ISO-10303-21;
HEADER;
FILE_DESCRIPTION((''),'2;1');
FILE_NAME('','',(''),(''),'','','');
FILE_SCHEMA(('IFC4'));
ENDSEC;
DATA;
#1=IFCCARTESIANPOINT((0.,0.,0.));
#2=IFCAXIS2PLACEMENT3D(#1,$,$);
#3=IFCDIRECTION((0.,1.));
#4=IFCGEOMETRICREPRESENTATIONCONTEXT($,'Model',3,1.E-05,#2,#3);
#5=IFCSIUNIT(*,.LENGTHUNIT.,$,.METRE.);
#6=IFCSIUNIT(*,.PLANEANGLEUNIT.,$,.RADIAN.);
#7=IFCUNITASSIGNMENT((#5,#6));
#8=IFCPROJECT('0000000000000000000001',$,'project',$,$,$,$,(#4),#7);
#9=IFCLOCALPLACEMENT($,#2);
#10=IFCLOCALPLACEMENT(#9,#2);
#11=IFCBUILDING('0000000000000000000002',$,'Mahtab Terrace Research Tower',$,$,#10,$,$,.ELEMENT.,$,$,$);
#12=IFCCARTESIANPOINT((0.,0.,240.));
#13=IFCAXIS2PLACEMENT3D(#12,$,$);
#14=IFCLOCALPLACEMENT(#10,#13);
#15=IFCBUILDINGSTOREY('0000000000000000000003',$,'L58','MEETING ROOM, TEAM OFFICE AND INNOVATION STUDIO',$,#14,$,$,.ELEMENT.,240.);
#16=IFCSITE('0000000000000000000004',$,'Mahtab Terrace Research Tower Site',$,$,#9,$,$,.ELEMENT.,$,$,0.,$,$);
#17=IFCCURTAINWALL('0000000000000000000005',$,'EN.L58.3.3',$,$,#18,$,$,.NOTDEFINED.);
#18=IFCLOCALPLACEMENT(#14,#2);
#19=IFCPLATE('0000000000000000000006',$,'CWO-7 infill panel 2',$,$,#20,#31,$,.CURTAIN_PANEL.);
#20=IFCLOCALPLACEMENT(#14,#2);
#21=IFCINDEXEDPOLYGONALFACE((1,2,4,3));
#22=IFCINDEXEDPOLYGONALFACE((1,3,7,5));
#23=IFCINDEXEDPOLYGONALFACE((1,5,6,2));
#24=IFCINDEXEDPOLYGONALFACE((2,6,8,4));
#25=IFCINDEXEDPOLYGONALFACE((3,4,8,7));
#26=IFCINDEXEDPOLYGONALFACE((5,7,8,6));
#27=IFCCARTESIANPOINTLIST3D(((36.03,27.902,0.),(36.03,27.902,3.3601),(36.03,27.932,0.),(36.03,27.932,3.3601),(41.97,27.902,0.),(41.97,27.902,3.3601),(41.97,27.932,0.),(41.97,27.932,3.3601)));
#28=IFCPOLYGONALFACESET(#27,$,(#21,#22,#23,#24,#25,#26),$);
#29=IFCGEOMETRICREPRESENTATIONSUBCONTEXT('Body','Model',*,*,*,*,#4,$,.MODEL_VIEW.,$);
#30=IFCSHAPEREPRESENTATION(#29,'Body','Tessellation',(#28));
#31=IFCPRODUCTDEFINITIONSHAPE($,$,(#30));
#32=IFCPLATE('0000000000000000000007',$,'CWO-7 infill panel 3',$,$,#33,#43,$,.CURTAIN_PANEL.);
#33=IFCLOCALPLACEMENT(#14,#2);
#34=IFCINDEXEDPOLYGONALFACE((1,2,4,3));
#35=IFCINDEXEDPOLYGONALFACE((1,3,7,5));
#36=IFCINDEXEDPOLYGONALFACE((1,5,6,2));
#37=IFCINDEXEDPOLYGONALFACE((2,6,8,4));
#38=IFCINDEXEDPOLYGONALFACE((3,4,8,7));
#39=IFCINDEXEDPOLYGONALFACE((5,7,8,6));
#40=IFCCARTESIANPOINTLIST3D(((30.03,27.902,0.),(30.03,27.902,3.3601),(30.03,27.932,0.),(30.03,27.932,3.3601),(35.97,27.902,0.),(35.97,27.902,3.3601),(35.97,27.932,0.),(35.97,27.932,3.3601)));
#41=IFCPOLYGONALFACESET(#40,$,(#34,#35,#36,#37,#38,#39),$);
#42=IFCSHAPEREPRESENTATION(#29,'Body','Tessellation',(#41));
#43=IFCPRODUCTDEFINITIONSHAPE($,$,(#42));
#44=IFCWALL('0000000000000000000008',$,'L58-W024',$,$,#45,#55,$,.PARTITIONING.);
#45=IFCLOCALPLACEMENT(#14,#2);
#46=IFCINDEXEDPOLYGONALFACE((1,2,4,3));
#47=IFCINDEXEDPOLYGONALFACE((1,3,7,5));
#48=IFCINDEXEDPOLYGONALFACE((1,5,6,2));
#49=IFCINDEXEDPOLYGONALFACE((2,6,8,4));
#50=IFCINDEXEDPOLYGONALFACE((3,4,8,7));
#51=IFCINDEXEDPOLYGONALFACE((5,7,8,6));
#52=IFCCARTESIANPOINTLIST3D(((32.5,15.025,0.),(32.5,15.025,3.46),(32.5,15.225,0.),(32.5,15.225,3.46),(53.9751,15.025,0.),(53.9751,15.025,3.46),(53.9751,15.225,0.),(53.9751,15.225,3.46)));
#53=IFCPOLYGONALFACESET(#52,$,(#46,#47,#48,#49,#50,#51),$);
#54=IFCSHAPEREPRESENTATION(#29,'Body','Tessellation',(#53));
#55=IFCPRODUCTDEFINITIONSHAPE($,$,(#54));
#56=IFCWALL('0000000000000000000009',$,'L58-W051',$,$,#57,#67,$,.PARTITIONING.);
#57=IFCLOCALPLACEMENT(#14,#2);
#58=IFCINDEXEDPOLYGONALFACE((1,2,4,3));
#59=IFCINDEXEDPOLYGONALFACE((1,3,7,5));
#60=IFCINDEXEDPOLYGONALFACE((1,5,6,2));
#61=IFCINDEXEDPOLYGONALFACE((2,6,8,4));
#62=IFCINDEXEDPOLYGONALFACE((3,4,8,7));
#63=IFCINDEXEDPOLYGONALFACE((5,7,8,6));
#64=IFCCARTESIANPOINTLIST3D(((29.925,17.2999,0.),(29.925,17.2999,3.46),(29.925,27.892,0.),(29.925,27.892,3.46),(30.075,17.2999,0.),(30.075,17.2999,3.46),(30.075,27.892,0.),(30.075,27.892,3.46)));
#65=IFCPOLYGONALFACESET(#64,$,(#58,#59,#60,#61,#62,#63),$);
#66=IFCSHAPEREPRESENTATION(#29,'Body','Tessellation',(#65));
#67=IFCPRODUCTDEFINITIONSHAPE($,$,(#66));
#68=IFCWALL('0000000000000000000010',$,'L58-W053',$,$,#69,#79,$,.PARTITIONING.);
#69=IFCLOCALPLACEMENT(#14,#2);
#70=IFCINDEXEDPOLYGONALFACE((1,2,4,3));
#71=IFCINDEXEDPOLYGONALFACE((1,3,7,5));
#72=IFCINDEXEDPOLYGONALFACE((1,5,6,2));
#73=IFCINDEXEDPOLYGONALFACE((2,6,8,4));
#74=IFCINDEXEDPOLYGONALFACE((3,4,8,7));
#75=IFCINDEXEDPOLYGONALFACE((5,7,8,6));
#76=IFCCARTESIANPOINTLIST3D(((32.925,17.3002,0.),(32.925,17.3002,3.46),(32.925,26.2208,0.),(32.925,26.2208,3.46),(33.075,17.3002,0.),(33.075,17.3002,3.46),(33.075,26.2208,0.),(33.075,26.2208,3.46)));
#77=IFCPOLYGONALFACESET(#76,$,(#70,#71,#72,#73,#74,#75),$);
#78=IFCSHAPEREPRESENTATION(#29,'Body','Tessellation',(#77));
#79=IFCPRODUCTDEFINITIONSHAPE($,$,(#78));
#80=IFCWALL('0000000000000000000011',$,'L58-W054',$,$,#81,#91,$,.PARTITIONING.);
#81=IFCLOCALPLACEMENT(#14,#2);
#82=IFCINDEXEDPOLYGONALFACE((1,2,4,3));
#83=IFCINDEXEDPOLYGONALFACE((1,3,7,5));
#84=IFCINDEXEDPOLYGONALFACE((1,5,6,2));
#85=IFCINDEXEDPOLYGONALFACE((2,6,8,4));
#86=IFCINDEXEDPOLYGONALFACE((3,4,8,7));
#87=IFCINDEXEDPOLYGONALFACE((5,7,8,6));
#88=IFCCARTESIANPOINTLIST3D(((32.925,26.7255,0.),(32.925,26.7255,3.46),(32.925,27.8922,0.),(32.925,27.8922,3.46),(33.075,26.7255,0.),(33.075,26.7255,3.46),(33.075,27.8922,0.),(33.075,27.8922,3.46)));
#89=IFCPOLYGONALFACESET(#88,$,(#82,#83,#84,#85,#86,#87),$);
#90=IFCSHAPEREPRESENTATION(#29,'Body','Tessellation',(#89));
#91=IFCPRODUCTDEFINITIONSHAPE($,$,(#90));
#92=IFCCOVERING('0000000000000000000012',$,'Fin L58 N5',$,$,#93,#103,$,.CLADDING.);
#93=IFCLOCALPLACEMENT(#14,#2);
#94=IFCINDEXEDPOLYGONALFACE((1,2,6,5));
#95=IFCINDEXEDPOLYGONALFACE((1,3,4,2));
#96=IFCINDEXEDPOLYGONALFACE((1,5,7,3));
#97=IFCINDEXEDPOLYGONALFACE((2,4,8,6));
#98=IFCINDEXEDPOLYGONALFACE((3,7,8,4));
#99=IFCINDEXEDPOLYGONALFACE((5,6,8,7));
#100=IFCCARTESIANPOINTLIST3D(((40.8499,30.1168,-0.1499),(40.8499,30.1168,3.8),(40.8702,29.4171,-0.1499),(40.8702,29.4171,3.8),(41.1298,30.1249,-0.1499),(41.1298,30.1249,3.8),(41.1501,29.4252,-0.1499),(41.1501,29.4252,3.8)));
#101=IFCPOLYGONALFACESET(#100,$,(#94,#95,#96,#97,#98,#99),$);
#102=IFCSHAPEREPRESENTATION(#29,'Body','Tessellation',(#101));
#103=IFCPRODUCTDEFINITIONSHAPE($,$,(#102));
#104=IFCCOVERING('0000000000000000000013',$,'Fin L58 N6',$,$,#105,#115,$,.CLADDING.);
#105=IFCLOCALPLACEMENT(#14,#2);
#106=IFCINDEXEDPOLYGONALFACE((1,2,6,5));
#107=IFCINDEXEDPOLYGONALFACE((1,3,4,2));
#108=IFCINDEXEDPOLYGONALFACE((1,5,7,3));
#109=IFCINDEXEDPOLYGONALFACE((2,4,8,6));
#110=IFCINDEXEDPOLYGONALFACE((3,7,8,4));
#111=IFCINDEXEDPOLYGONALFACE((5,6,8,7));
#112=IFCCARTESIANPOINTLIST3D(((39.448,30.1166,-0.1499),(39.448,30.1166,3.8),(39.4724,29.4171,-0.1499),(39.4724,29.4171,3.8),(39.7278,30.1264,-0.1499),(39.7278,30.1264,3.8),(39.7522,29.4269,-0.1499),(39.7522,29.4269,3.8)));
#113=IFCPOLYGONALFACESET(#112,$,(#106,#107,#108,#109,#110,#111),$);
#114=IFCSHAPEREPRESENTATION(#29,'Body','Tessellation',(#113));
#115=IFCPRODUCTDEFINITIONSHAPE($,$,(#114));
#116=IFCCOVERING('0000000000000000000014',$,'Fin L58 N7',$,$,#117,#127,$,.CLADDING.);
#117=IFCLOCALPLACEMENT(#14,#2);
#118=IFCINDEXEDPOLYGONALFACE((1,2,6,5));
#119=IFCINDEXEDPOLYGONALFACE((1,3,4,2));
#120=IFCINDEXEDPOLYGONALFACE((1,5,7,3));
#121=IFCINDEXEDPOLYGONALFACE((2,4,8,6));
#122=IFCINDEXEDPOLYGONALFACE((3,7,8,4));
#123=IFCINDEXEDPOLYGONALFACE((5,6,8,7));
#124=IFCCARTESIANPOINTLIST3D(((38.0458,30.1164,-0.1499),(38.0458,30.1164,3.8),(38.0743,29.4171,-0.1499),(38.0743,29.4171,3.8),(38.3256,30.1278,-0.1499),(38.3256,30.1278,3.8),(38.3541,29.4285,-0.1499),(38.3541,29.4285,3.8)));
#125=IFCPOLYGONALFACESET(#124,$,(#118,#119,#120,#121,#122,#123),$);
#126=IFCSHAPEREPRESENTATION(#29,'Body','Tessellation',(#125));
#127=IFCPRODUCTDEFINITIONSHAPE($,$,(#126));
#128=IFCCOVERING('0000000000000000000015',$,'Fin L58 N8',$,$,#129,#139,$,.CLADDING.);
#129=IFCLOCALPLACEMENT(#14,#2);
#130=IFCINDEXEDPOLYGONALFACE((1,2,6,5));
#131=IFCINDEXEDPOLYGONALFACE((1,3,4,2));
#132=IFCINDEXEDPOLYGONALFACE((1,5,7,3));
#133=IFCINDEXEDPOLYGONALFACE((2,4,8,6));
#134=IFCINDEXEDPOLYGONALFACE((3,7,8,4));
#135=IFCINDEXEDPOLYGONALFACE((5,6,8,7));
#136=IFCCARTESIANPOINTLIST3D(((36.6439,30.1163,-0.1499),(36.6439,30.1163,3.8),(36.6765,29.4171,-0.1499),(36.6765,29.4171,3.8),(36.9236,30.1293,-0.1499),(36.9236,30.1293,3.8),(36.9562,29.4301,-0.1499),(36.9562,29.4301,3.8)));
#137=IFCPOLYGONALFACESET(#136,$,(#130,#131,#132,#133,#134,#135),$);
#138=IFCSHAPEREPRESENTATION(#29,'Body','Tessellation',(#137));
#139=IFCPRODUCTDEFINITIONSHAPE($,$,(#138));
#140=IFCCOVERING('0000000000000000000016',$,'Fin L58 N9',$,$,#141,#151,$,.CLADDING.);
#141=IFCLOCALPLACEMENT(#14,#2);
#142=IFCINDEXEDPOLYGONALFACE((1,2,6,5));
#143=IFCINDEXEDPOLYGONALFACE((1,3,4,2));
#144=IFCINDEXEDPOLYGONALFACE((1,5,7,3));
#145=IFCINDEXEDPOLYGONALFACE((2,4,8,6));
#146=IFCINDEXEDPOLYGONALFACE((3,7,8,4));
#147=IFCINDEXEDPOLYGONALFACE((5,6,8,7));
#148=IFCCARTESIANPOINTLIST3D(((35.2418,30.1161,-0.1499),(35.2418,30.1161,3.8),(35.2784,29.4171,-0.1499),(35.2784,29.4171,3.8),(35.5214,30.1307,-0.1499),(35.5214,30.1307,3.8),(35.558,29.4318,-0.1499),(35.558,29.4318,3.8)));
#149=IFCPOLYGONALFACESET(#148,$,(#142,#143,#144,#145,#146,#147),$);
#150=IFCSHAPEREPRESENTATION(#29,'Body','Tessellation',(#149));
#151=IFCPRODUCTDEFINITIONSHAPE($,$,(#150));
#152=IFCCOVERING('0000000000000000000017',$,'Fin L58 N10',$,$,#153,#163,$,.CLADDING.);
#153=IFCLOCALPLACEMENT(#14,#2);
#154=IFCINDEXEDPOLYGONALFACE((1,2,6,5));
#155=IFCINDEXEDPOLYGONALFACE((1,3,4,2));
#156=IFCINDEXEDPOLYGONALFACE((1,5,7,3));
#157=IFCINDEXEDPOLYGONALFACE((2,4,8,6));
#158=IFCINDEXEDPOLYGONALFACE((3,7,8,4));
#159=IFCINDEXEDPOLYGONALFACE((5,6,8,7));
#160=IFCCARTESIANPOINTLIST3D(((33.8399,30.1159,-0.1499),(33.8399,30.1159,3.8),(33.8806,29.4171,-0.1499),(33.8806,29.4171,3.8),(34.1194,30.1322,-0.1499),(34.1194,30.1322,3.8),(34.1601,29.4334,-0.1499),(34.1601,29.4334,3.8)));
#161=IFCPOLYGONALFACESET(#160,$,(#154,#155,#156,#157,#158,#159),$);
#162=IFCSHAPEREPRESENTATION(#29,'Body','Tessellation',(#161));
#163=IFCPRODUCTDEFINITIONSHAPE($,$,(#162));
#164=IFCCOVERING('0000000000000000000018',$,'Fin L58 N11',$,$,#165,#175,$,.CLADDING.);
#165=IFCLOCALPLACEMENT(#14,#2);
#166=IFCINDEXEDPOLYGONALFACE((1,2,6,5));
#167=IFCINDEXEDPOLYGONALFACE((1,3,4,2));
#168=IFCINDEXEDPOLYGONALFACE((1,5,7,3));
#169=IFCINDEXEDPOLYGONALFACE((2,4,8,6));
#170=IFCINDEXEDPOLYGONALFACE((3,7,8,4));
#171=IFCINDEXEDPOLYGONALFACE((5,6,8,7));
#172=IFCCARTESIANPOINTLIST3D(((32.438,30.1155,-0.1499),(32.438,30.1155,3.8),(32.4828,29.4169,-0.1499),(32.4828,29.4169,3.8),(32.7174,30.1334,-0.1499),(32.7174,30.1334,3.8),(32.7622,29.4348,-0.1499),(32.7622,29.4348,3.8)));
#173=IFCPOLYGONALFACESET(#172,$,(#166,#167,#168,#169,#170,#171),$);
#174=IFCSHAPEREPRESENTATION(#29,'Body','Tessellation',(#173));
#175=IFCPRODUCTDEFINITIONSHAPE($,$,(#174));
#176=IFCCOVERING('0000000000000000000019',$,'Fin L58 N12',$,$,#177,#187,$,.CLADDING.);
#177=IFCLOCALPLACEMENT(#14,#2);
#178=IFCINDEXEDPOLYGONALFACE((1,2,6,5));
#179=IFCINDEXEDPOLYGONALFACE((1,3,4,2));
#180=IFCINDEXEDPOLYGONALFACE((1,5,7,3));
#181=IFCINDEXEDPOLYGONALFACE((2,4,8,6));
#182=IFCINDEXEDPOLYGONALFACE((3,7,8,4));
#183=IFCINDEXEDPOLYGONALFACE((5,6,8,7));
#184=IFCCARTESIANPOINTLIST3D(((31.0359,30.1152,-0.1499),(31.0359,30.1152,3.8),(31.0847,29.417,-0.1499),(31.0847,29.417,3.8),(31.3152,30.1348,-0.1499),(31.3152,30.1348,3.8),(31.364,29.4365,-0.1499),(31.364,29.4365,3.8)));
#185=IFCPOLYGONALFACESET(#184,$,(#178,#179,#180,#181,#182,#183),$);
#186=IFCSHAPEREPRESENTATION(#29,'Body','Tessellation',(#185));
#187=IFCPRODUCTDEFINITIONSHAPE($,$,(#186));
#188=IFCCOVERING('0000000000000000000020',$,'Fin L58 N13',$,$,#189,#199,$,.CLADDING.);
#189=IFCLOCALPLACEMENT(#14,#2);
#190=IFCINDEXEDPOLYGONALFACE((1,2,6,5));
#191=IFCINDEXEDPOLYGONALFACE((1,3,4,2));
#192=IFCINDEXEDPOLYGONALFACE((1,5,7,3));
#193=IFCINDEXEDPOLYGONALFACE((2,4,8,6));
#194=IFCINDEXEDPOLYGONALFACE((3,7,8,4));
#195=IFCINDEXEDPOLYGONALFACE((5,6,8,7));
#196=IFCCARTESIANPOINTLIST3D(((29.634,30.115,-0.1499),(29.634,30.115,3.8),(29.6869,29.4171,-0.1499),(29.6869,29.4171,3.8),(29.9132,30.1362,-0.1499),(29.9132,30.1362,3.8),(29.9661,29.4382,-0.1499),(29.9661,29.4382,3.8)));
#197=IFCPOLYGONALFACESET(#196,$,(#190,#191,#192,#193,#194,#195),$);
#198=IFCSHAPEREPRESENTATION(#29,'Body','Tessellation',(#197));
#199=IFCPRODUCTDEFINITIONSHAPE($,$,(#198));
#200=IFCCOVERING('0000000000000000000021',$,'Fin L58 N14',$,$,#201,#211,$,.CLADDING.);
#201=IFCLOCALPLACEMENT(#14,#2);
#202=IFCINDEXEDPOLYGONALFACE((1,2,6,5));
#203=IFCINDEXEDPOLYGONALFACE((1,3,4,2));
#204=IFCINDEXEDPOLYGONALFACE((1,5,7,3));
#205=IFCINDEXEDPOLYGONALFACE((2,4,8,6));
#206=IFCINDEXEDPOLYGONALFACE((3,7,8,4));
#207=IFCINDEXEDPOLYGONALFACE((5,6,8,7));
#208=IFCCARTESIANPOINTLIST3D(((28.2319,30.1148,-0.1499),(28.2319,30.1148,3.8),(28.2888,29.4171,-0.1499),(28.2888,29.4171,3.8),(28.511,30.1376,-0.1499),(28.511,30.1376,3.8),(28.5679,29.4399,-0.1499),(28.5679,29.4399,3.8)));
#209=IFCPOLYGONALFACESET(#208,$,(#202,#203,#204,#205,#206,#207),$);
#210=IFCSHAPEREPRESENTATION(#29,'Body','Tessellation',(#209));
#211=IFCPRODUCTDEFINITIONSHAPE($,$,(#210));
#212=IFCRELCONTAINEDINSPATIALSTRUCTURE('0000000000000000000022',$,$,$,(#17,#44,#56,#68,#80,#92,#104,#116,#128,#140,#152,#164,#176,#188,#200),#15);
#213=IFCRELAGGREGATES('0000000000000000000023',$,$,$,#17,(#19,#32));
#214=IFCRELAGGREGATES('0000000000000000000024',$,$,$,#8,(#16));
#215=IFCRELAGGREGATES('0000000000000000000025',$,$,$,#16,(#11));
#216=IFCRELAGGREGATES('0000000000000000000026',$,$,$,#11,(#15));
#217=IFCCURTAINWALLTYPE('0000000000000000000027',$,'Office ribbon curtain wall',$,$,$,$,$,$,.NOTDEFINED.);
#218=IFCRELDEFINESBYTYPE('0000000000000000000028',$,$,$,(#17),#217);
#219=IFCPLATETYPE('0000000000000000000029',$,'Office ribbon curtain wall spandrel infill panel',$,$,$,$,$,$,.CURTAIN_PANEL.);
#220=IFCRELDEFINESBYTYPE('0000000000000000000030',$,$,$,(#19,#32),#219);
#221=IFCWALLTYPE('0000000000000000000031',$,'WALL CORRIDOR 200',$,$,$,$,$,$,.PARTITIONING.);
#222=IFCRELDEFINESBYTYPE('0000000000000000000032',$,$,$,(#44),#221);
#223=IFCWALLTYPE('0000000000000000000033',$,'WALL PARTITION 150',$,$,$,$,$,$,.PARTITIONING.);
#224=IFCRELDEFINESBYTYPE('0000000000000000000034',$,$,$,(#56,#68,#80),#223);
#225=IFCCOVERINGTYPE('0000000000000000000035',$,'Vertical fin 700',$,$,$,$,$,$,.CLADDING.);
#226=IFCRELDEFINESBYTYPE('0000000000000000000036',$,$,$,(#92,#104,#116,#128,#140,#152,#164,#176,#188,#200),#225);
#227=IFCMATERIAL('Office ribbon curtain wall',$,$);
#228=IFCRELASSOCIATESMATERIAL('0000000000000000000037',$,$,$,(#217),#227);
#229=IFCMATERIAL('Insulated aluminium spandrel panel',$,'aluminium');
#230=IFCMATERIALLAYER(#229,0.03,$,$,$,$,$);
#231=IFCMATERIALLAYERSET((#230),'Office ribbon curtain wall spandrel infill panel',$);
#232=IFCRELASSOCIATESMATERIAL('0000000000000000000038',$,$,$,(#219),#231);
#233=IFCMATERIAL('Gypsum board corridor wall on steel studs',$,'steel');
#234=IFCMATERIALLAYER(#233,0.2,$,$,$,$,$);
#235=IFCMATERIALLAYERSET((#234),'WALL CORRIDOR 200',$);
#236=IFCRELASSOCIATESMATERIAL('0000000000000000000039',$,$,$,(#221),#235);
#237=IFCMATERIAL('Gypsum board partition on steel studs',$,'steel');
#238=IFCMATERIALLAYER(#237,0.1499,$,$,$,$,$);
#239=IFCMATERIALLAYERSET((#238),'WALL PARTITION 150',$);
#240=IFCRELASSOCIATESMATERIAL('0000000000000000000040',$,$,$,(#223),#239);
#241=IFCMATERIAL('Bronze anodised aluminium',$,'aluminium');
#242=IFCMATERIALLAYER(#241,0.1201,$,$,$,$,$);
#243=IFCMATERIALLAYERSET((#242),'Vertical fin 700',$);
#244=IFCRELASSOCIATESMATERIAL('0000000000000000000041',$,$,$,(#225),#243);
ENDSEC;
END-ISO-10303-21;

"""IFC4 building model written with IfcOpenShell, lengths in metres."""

from ifc_helpers import new_model, si_unit, direction, frame, frame_2d, origin, origin_2d, place, context, subcontext, project, spatial, rectangle, extrude, material, layer, layer_set, type_object, element, aggregate, save


model = new_model("IFC4")

# Units and contexts
model_context = context("Model", 3, precision=1e-05, world=origin(), true_north=direction((0.0, 1.0)))
body_context = subcontext(model_context, "Body", "Model", "MODEL_VIEW")
ifc_project = project(units=[si_unit("LENGTHUNIT", "METRE"), si_unit("PLANEANGLEUNIT", "RADIAN")], contexts=[model_context])

# Site, building, storey
site_placement = place(None, origin())
site = spatial("IfcSite", under=ifc_project, at=site_placement, Name="Mahtab Terrace Research Tower Site", CompositionType="ELEMENT", RefElevation=0.0)
building_placement = place(site_placement, origin())
building = spatial("IfcBuilding", under=site, at=building_placement, Name="Mahtab Terrace Research Tower", CompositionType="ELEMENT")
storey_placement = place(building_placement, frame((0.0, 0.0, 240.0)))
storey = spatial("IfcBuildingStorey", under=building, at=storey_placement, Name="L58", Description="MEETING ROOM, TEAM OFFICE AND INNOVATION STUDIO", CompositionType="ELEMENT", Elevation=240.0)

# Curtain wall
ifc_material_1 = material(Name="Office ribbon curtain wall")
curtain_wall_type = type_object("IfcCurtainWallType", Name="Office ribbon curtain wall", PredefinedType="NOTDEFINED", material=ifc_material_1)
curtain_wall_placement = place(storey_placement, origin())
curtain_wall = element("IfcCurtainWall", 1, at=curtain_wall_placement, inside=storey, type_object=curtain_wall_type, Name="EN.L58.3.3", PredefinedType="NOTDEFINED")

# Plates
ifc_material_2 = material(Name="Insulated aluminium spandrel panel", Category="aluminium")
ifc_layer_1 = layer(ifc_material_2, 0.03)
ifc_layer_set_1 = layer_set([ifc_layer_1], Name="Office ribbon curtain wall spandrel infill panel")
plate_type = type_object("IfcPlateType", Name="Office ribbon curtain wall spandrel infill panel", PredefinedType="CURTAIN_PANEL", material=ifc_layer_set_1)
plate_1_placement = place(storey_placement, frame((39.0, 27.917, 0.0), z_axis=(0.0, 0.0, 1.0), x_axis=(-1.0, 0.0, 0.0)))
plate_1 = element("IfcPlate", 2, at=plate_1_placement, type_object=plate_type, Name="CWO-7 infill panel 2", PredefinedType="CURTAIN_PANEL", context=body_context, shape_type="SweptSolid", body=[
    extrude(rectangle(XDim=5.9399, YDim=0.03, at=origin_2d()), origin(), (0.0, 0.0, 1.0), 3.3601),
])
plate_2_placement = place(storey_placement, frame((33.0, 27.917, 0.0), z_axis=(0.0, 0.0, 1.0), x_axis=(-1.0, 0.0, 0.0)))
plate_2 = element("IfcPlate", 3, at=plate_2_placement, type_object=plate_type, Name="CWO-7 infill panel 3", PredefinedType="CURTAIN_PANEL", context=body_context, shape_type="SweptSolid", body=[
    extrude(rectangle(XDim=5.9399, YDim=0.03, at=origin_2d()), origin(), (0.0, 0.0, 1.0), 3.3601),
])
aggregate(curtain_wall, [plate_1, plate_2])

# Walls
ifc_material_3 = material(Name="Gypsum board corridor wall on steel studs", Category="steel")
ifc_layer_2 = layer(ifc_material_3, 0.2)
ifc_layer_set_2 = layer_set([ifc_layer_2], Name="WALL CORRIDOR 200")
wall_type_1 = type_object("IfcWallType", Name="WALL CORRIDOR 200", PredefinedType="PARTITIONING", material=ifc_layer_set_2)
wall_1_placement = place(storey_placement, frame((32.5, 15.125, 0.0), z_axis=(0.0, 0.0, 1.0), x_axis=(1.0, 0.0, 0.0)))
element("IfcWall", 4, at=wall_1_placement, inside=storey, type_object=wall_type_1, Name="L58-W024", PredefinedType="PARTITIONING", context=body_context, shape_type="SweptSolid", body=[
    extrude(rectangle(XDim=21.4751, YDim=0.2, at=frame_2d((10.7375, 0.0))), origin(), (0.0, 0.0, 1.0), 3.46),
])
ifc_material_4 = material(Name="Gypsum board partition on steel studs", Category="steel")
ifc_layer_3 = layer(ifc_material_4, 0.1499)
ifc_layer_set_3 = layer_set([ifc_layer_3], Name="WALL PARTITION 150")
wall_type_2 = type_object("IfcWallType", Name="WALL PARTITION 150", PredefinedType="PARTITIONING", material=ifc_layer_set_3)
wall_2_placement = place(storey_placement, frame((30.0, 17.3, 0.0), z_axis=(0.0, 0.0, 1.0), x_axis=(0.0, 1.0, 0.0)))
element("IfcWall", 5, at=wall_2_placement, inside=storey, type_object=wall_type_2, Name="L58-W051", PredefinedType="PARTITIONING", context=body_context, shape_type="SweptSolid", body=[
    extrude(rectangle(XDim=10.592, YDim=0.1499, at=frame_2d((5.2959, 0.0))), origin(), (0.0, 0.0, 1.0), 3.46),
])
wall_3_placement = place(storey_placement, frame((33.0, 17.3, 0.0), z_axis=(0.0, 0.0, 1.0), x_axis=(0.0, 1.0, 0.0)))
element("IfcWall", 6, at=wall_3_placement, inside=storey, type_object=wall_type_2, Name="L58-W053", PredefinedType="PARTITIONING", context=body_context, shape_type="SweptSolid", body=[
    extrude(rectangle(XDim=8.9207, YDim=0.1499, at=frame_2d((4.4604, 0.0))), origin(), (0.0, 0.0, 1.0), 3.46),
])
wall_4_placement = place(storey_placement, frame((33.0, 26.7253, 0.0), z_axis=(0.0, 0.0, 1.0), x_axis=(0.0, 1.0, 0.0)))
element("IfcWall", 7, at=wall_4_placement, inside=storey, type_object=wall_type_2, Name="L58-W054", PredefinedType="PARTITIONING", context=body_context, shape_type="SweptSolid", body=[
    extrude(rectangle(XDim=1.1667, YDim=0.1499, at=frame_2d((0.5835, 0.0))), origin(), (0.0, 0.0, 1.0), 3.46),
])

# Coverings
ifc_material_5 = material(Name="Bronze anodised aluminium", Category="aluminium")
ifc_layer_4 = layer(ifc_material_5, 0.1201)
ifc_layer_set_4 = layer_set([ifc_layer_4], Name="Vertical fin 700")
covering_type = type_object("IfcCoveringType", Name="Vertical fin 700", PredefinedType="CLADDING", material=ifc_layer_set_4)
for number, where, z_axis, x_axis, name in (
    (8, (41.0, 29.771, -0.1499), (0.0, 0.0, 1.0), (-0.999577, -0.029085, 0.0), "Fin L58 N5"),
    (9, (39.6001, 29.7717, -0.1499), (0.0, 0.0, 1.0), (-0.999391, -0.034899, 0.0), "Fin L58 N6"),
    (10, (38.2, 29.7725, -0.1499), (0.0, 0.0, 1.0), (-0.999171, -0.040713, 0.0), "Fin L58 N7"),
    (11, (36.8, 29.7732, -0.1499), (0.0, 0.0, 1.0), (-0.998917, -0.046525, 0.0), "Fin L58 N8"),
    (12, (35.3999, 29.7739, -0.1499), (0.0, 0.0, 1.0), (-0.99863, -0.052336, 0.0), "Fin L58 N9"),
    (13, (34.0, 29.7747, -0.1499), (0.0, 0.0, 1.0), (-0.998308, -0.058145, 0.0), "Fin L58 N10"),
    (14, (32.6001, 29.7751, -0.1499), (0.0, 0.0, 1.0), (-0.997953, -0.063952, 0.0), "Fin L58 N11"),
    (15, (31.2, 29.7759, -0.1499), (0.0, 0.0, 1.0), (-0.997564, -0.069756, 0.0), "Fin L58 N12"),
    (16, (29.8, 29.7766, -0.1499), (0.0, 0.0, 1.0), (-0.997141, -0.075559, 0.0), "Fin L58 N13"),
    (17, (28.3999, 29.7773, -0.1499), (0.0, 0.0, 1.0), (-0.996685, -0.081359, 0.0), "Fin L58 N14"),
):
    element("IfcCovering", number, at=place(storey_placement, frame(where, z_axis=z_axis, x_axis=x_axis)), inside=storey, type_object=covering_type, Name=name, PredefinedType="CLADDING", context=body_context, shape_type="SweptSolid", body=[
        extrude(rectangle(XDim=0.28, YDim=0.7, at=origin_2d()), origin(), (0.0, 0.0, 1.0), 3.95),
    ])

save(model, "model.ifc")
